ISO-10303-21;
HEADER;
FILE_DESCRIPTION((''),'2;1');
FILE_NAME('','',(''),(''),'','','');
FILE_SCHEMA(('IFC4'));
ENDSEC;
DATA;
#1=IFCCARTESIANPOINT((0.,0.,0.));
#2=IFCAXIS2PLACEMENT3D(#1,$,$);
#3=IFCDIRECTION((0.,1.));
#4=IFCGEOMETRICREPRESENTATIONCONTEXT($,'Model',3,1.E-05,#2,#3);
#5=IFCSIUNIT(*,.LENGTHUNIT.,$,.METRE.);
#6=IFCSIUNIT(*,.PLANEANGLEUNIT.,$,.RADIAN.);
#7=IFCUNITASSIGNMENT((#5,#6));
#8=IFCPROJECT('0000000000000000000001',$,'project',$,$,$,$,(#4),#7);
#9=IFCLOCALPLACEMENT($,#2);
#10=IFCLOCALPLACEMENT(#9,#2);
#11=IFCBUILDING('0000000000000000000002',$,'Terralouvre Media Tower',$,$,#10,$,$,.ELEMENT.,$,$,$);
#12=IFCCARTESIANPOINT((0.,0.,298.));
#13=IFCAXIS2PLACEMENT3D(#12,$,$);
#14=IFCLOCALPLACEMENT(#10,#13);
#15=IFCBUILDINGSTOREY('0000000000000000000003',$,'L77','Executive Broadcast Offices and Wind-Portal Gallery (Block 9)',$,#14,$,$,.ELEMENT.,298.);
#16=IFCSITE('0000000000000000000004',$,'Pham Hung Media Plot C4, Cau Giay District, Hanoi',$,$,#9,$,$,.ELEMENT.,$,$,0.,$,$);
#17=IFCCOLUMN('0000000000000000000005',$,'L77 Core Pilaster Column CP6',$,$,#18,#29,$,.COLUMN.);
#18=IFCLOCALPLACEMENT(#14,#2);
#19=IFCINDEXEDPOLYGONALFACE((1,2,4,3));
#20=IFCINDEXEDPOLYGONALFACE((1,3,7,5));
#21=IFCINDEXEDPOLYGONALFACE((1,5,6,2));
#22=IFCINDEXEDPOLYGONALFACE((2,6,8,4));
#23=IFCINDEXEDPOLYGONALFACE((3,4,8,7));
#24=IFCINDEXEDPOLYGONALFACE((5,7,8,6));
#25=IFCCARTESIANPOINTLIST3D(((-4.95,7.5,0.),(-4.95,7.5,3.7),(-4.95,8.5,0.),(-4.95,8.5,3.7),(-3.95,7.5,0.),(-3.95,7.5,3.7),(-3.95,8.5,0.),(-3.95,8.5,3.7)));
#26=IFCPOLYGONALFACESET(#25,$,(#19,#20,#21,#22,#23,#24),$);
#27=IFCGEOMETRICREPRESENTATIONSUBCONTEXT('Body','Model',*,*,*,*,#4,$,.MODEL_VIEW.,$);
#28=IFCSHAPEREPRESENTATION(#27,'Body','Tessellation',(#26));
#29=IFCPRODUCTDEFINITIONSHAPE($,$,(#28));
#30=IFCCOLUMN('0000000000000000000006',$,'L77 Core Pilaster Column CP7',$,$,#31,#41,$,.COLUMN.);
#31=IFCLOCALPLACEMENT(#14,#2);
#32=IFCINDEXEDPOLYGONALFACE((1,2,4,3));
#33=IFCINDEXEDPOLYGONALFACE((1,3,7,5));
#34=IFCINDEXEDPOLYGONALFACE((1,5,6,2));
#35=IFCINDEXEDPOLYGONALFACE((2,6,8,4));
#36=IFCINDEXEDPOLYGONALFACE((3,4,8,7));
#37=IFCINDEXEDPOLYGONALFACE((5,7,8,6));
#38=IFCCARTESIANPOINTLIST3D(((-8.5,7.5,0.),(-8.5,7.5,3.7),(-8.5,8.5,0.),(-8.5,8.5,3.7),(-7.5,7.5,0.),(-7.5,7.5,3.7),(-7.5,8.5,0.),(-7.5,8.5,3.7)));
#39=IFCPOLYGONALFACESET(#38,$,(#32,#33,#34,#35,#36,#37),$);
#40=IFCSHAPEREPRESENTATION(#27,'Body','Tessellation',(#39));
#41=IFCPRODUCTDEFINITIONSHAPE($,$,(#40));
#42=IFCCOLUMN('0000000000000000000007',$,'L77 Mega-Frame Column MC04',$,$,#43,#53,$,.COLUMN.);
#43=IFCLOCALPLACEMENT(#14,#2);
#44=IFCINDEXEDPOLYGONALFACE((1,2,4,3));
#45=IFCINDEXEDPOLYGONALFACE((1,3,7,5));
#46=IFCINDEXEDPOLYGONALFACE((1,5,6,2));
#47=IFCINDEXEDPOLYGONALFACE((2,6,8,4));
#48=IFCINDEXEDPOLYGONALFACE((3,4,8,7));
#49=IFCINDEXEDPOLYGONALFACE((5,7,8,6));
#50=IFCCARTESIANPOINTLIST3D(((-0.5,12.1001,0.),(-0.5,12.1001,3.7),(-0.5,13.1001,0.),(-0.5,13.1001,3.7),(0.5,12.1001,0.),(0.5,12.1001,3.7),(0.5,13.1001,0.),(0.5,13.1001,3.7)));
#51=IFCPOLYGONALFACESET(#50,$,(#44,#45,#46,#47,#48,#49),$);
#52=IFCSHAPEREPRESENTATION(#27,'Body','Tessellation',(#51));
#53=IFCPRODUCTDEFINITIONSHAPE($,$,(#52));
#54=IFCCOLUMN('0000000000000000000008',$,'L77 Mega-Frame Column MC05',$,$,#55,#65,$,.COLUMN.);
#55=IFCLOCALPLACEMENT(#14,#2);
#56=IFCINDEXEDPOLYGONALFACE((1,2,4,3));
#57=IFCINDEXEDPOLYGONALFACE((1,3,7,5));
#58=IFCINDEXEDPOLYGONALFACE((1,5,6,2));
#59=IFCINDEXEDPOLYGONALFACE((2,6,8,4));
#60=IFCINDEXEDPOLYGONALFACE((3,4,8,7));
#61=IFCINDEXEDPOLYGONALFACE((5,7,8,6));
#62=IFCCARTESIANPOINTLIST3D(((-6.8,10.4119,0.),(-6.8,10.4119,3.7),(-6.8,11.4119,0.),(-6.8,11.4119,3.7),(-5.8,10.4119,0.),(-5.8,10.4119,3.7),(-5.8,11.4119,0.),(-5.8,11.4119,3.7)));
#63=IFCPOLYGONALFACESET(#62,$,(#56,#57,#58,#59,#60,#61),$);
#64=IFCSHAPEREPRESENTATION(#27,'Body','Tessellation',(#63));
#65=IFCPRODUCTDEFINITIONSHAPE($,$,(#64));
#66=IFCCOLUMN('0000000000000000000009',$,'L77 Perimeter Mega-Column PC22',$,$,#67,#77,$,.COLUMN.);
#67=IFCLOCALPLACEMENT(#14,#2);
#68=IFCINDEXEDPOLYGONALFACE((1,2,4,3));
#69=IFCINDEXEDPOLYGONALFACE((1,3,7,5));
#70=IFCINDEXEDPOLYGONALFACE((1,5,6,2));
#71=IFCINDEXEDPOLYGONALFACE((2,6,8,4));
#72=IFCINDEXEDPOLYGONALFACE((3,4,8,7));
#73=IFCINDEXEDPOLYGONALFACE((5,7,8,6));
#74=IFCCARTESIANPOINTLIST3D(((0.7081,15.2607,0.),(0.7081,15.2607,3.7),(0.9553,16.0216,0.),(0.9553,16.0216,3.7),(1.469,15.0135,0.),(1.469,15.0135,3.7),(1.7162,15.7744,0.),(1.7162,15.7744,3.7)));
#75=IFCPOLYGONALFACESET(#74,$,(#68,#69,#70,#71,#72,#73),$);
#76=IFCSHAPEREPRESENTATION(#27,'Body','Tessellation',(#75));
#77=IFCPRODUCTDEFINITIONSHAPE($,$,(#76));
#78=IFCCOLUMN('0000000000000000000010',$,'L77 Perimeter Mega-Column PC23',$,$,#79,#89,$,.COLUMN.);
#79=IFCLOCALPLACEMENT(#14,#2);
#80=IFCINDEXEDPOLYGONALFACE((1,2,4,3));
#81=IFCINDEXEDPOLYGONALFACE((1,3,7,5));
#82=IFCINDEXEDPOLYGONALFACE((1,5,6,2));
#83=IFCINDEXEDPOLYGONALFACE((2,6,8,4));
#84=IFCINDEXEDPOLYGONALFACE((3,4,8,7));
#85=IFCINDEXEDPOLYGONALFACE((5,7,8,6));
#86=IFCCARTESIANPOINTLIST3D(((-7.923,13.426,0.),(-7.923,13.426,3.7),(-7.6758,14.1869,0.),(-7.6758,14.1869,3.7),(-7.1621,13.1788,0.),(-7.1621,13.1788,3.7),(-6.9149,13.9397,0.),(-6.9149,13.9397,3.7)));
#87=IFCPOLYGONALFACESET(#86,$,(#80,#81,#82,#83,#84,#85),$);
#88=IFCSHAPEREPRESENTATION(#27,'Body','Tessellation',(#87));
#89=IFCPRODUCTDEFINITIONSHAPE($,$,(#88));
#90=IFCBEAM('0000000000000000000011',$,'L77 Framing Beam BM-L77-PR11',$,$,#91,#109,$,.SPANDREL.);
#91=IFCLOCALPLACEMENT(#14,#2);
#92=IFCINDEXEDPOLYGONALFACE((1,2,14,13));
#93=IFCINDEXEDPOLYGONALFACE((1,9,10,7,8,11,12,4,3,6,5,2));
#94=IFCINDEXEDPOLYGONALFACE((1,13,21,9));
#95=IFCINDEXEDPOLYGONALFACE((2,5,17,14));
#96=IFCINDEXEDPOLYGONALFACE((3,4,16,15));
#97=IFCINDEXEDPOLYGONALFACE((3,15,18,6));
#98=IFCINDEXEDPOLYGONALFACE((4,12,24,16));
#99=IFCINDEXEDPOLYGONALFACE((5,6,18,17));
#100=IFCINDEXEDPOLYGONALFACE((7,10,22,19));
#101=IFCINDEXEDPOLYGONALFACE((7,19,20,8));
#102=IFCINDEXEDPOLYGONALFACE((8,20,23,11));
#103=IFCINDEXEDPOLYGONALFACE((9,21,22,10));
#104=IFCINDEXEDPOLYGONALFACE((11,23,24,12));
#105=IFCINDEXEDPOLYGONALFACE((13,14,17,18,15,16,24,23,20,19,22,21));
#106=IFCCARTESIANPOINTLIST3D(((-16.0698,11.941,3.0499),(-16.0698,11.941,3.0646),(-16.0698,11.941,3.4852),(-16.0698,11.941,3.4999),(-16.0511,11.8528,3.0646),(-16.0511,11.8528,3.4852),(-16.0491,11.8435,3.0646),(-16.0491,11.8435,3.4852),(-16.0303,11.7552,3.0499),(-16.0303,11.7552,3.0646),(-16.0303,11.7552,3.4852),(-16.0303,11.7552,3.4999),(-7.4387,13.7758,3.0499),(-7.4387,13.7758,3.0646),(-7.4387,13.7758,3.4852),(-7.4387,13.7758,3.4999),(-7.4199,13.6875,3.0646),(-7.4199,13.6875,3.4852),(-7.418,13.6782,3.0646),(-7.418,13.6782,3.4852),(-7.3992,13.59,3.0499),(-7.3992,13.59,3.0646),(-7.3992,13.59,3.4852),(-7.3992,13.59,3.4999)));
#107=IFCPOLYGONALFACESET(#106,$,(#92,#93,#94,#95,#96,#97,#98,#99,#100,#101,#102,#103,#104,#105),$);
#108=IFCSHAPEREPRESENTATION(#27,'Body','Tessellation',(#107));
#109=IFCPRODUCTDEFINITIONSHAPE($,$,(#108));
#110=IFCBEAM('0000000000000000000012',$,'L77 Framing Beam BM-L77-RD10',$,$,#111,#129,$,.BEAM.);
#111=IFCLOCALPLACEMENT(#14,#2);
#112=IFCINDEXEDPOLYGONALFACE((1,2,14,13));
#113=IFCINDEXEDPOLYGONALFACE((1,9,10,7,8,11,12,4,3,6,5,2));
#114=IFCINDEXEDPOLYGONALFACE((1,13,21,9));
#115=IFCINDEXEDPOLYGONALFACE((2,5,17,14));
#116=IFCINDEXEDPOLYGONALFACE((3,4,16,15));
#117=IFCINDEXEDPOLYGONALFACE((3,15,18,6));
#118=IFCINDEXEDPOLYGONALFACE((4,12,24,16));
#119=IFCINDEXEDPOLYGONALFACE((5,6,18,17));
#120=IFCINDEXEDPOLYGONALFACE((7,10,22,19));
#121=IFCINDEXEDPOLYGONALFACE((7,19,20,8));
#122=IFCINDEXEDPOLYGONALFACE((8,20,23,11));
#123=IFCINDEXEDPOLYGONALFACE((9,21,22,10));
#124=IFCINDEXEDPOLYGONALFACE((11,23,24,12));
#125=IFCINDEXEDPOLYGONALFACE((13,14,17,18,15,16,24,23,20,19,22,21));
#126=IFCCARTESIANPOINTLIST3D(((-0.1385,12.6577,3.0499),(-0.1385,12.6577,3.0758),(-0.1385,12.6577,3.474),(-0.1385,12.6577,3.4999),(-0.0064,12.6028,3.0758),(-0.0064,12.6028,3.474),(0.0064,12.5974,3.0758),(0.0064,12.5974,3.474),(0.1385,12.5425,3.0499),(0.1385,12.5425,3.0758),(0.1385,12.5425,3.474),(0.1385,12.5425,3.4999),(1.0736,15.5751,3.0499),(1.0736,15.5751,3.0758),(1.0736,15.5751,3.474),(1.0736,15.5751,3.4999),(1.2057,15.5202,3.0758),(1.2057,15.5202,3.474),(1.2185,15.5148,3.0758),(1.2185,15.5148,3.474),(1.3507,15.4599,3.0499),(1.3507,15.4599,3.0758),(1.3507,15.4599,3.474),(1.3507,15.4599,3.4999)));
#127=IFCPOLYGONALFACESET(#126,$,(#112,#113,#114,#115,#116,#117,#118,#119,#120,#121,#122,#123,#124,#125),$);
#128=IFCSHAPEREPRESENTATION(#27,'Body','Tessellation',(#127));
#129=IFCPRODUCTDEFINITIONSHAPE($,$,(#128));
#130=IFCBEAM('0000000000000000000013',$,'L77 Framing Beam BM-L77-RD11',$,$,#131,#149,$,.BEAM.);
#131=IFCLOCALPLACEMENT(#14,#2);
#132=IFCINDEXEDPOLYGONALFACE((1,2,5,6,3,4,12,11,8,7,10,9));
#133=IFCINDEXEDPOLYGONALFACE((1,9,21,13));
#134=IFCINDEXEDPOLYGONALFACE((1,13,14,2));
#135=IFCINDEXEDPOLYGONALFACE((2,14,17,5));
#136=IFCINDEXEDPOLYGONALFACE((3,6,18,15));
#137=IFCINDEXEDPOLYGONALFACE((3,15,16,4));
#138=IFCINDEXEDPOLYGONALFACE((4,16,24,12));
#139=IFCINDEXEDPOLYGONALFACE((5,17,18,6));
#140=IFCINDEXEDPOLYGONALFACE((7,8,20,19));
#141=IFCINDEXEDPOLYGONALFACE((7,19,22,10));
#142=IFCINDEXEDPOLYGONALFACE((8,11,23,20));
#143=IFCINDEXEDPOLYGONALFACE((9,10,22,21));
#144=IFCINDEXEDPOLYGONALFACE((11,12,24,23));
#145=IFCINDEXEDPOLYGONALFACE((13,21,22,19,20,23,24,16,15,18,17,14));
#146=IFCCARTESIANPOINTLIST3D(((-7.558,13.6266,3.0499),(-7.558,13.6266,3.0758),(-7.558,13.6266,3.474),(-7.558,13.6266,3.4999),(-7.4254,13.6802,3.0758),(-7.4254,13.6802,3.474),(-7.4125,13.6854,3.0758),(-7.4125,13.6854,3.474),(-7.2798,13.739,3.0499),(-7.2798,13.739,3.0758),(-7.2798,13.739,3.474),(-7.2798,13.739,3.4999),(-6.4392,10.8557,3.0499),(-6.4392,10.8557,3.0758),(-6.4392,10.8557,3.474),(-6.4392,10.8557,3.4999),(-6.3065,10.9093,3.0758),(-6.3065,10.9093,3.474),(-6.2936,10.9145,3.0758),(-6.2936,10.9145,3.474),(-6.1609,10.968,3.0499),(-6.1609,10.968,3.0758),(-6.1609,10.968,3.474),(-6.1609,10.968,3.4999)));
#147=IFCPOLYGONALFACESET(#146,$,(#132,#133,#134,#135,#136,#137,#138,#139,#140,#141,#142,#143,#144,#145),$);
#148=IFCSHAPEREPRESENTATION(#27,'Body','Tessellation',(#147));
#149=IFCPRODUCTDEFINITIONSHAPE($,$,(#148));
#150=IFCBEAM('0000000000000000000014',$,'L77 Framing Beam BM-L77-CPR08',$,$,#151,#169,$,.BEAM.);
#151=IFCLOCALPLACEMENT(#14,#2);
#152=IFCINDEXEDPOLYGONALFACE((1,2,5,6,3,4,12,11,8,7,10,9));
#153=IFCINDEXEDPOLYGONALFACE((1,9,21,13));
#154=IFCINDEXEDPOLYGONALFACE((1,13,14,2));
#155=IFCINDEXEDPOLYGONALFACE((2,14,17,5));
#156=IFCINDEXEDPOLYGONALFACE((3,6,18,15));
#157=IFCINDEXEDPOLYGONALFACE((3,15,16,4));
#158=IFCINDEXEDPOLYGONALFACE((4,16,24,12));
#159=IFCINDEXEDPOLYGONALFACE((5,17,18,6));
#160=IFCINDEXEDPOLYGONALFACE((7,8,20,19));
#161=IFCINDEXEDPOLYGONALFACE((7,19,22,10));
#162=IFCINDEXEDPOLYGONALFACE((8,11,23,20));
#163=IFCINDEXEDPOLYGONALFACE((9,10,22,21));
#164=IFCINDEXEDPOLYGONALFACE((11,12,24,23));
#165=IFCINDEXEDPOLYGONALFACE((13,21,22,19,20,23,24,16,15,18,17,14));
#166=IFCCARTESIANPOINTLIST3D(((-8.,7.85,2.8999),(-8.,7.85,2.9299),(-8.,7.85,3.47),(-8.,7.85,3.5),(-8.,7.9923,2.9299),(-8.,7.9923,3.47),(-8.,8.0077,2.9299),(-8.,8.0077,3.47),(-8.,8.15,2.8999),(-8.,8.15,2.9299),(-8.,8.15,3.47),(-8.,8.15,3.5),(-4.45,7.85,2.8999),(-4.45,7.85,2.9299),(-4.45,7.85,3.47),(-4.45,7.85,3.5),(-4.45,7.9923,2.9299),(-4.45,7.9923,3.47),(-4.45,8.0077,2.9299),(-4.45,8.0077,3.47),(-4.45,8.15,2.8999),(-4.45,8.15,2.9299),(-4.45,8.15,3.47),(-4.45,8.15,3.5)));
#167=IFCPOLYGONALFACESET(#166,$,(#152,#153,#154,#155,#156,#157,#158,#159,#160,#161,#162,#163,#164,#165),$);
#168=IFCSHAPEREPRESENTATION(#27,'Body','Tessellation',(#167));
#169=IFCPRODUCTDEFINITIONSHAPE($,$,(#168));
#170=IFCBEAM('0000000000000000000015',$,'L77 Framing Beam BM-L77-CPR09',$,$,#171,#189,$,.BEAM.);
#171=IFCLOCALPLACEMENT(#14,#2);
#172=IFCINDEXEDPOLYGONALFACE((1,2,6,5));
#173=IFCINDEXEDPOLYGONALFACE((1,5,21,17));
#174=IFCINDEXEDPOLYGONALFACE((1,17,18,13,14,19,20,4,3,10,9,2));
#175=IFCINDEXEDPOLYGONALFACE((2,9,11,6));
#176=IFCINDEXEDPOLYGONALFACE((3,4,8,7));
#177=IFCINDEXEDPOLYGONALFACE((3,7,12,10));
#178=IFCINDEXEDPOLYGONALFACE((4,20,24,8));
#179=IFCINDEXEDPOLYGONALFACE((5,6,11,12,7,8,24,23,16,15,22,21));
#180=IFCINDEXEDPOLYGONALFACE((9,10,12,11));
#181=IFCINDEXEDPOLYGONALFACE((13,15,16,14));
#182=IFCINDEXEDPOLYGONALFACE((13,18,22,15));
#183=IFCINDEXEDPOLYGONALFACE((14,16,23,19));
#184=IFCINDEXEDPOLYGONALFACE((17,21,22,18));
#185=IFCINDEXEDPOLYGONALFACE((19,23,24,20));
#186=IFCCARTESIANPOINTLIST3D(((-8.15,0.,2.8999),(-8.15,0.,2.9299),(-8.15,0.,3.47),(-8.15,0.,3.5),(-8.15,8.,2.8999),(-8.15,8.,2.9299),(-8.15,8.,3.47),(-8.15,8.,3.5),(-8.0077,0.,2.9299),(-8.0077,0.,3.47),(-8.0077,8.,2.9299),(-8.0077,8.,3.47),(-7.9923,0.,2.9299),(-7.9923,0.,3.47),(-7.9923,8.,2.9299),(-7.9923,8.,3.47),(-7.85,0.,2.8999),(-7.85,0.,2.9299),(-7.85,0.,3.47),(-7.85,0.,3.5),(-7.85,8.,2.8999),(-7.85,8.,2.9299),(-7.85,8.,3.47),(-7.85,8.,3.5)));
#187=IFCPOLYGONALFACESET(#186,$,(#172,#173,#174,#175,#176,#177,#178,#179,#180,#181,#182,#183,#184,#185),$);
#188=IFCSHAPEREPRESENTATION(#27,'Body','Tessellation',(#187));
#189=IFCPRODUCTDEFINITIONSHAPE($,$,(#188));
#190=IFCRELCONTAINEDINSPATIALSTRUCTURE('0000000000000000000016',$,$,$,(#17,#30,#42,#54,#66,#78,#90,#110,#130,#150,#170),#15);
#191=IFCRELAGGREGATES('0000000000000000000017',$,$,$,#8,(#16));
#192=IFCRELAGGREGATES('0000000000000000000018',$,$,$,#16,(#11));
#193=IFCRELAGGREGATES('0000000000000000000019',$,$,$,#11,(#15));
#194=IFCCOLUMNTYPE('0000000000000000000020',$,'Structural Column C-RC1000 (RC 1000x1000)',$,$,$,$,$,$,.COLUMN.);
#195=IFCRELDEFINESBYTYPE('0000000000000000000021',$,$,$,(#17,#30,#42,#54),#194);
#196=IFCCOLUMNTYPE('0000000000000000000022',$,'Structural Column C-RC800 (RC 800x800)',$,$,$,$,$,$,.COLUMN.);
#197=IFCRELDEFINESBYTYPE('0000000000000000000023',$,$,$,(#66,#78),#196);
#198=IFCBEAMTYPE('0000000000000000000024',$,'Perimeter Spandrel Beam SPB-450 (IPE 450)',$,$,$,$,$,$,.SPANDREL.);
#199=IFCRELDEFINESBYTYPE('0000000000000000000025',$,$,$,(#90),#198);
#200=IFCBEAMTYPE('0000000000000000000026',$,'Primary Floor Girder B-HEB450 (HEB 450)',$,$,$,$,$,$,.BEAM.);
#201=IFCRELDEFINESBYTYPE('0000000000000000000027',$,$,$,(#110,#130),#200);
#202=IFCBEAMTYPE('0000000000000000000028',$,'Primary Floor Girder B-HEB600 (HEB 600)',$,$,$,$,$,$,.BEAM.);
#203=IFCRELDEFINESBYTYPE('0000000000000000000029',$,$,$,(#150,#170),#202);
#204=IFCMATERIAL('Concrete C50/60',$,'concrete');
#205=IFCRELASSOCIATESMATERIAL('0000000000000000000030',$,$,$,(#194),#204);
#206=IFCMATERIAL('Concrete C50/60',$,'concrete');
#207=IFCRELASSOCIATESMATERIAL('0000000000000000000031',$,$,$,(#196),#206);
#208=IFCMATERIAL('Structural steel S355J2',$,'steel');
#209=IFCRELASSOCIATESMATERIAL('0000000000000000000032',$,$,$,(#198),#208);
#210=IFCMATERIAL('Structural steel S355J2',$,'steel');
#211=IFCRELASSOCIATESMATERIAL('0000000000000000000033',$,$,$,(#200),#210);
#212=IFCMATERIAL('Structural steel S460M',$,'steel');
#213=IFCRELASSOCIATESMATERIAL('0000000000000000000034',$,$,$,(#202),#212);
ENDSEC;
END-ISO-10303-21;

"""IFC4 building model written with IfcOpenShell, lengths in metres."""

from ifc_helpers import new_model, si_unit, direction, frame, origin, origin_2d, place, context, subcontext, project, spatial, rectangle, i_section, extrude, material, material_profile, profile_set, type_object, element, save


model = new_model("IFC4")

# Units and contexts
model_context = context("Model", 3, precision=1e-05, world=origin(), true_north=direction((0.0, 1.0)))
body_context = subcontext(model_context, "Body", "Model", "MODEL_VIEW")
ifc_project = project(units=[si_unit("LENGTHUNIT", "METRE"), si_unit("PLANEANGLEUNIT", "RADIAN")], contexts=[model_context])

# Site, building, storey
site_placement = place(None, origin())
site = spatial("IfcSite", under=ifc_project, at=site_placement, Name="Pham Hung Media Plot C4, Cau Giay District, Hanoi", CompositionType="ELEMENT", RefElevation=0.0)
building_placement = place(site_placement, origin())
building = spatial("IfcBuilding", under=site, at=building_placement, Name="Terralouvre Media Tower", CompositionType="ELEMENT")
storey_placement = place(building_placement, frame((0.0, 0.0, 298.0)))
storey = spatial("IfcBuildingStorey", under=building, at=storey_placement, Name="L77", Description="Executive Broadcast Offices and Wind-Portal Gallery (Block 9)", CompositionType="ELEMENT", Elevation=298.0)

# Columns
ifc_material_1 = material(Name="Concrete C50/60", Category="concrete")
ifc_material_profile_1 = material_profile(ifc_material_1, rectangle(XDim=1.0, YDim=1.0, at=origin_2d()), Name="RC 1000x1000")
ifc_profile_set_1 = profile_set([ifc_material_profile_1], Name="Concrete C50/60")
column_type_1 = type_object("IfcColumnType", Name="Structural Column C-RC1000 (RC 1000x1000)", PredefinedType="COLUMN", material=ifc_profile_set_1)
for number, where, z_axis, x_axis, name in (
    (1, (-4.45, 8.0, 0.0), (0.0, 0.0, 1.0), (1.0, 0.0, 0.0), "L77 Core Pilaster Column CP6"),
    (2, (-8.0, 8.0, 0.0), (0.0, 0.0, 1.0), (1.0, 0.0, 0.0), "L77 Core Pilaster Column CP7"),
    (3, (0.0, 12.6001, 0.0), (0.0, 0.0, 1.0), (1.0, 0.0, 0.0), "L77 Mega-Frame Column MC04"),
    (4, (-6.3, 10.9119, 0.0), (0.0, 0.0, 1.0), (1.0, 0.0, 0.0), "L77 Mega-Frame Column MC05"),
):
    element("IfcColumn", number, at=place(storey_placement, frame(where, z_axis=z_axis, x_axis=x_axis)), inside=storey, type_object=column_type_1, Name=name, PredefinedType="COLUMN", context=body_context, shape_type="SweptSolid", body=[
        extrude(rectangle(XDim=1.0, YDim=1.0, at=origin_2d()), origin(), (0.0, 0.0, 1.0), 3.7),
    ])
ifc_material_2 = material(Name="Concrete C50/60", Category="concrete")
ifc_material_profile_2 = material_profile(ifc_material_2, rectangle(XDim=0.8, YDim=0.8, at=origin_2d()), Name="RC 800x800")
ifc_profile_set_2 = profile_set([ifc_material_profile_2], Name="Concrete C50/60")
column_type_2 = type_object("IfcColumnType", Name="Structural Column C-RC800 (RC 800x800)", PredefinedType="COLUMN", material=ifc_profile_set_2)
for number, where, z_axis, x_axis, name in (
    (5, (1.2122, 15.5176, 0.0), (0.0, 0.0, 1.0), (0.309017, 0.951057, 0.0), "L77 Perimeter Mega-Column PC22"),
    (6, (-7.4189, 13.6829, 0.0), (0.0, 0.0, 1.0), (0.309017, 0.951057, 0.0), "L77 Perimeter Mega-Column PC23"),
):
    element("IfcColumn", number, at=place(storey_placement, frame(where, z_axis=z_axis, x_axis=x_axis)), inside=storey, type_object=column_type_2, Name=name, PredefinedType="COLUMN", context=body_context, shape_type="SweptSolid", body=[
        extrude(rectangle(XDim=0.8, YDim=0.8, at=origin_2d()), origin(), (0.0, 0.0, 1.0), 3.7),
    ])

# Beams
ifc_material_3 = material(Name="Structural steel S355J2", Category="steel")
ifc_material_profile_3 = material_profile(ifc_material_3, i_section(OverallWidth=0.1899, OverallDepth=0.45, WebThickness=0.0095, FlangeThickness=0.0146, at=origin_2d()), Name="IPE 450")
ifc_profile_set_3 = profile_set([ifc_material_profile_3], Name="Structural steel S355J2")
beam_type_1 = type_object("IfcBeamType", Name="Perimeter Spandrel Beam SPB-450 (IPE 450)", PredefinedType="SPANDREL", material=ifc_profile_set_3)
beam_1_placement = place(storey_placement, frame((-7.4189, 13.6829, 3.2749), z_axis=(-0.978145, -0.207925, 0.0), x_axis=(0.207925, -0.978145, 0.0)))
element("IfcBeam", 7, at=beam_1_placement, inside=storey, type_object=beam_type_1, Name="L77 Framing Beam BM-L77-PR11", PredefinedType="SPANDREL", context=body_context, shape_type="SweptSolid", body=[
    extrude(i_section(OverallWidth=0.1899, OverallDepth=0.45, WebThickness=0.0095, FlangeThickness=0.0146, at=origin_2d()), origin(), (0.0, 0.0, 1.0), 8.824),
])
ifc_material_4 = material(Name="Structural steel S355J2", Category="steel")
ifc_material_profile_4 = material_profile(ifc_material_4, i_section(OverallWidth=0.3, OverallDepth=0.45, WebThickness=0.0139, FlangeThickness=0.0259, at=origin_2d()), Name="HEB 450")
ifc_profile_set_4 = profile_set([ifc_material_profile_4], Name="Structural steel S355J2")
beam_type_2 = type_object("IfcBeamType", Name="Primary Floor Girder B-HEB450 (HEB 450)", PredefinedType="BEAM", material=ifc_profile_set_4)
beam_2_placement = place(storey_placement, frame((0.0, 12.6001, 3.2749), z_axis=(0.383682, 0.923465, 0.0), x_axis=(-0.923465, 0.383682, 0.0)))
element("IfcBeam", 8, at=beam_2_placement, inside=storey, type_object=beam_type_2, Name="L77 Framing Beam BM-L77-RD10", PredefinedType="BEAM", context=body_context, shape_type="SweptSolid", body=[
    extrude(i_section(OverallWidth=0.3, OverallDepth=0.45, WebThickness=0.0139, FlangeThickness=0.0259, at=origin_2d()), origin(), (0.0, 0.0, 1.0), 3.1592),
])
beam_3_placement = place(storey_placement, frame((-6.3, 10.9119, 3.2749), z_axis=(-0.374417, 0.92726, 0.0), x_axis=(-0.92726, -0.374417, 0.0)))
element("IfcBeam", 9, at=beam_3_placement, inside=storey, type_object=beam_type_2, Name="L77 Framing Beam BM-L77-RD11", PredefinedType="BEAM", context=body_context, shape_type="SweptSolid", body=[
    extrude(i_section(OverallWidth=0.3, OverallDepth=0.45, WebThickness=0.0139, FlangeThickness=0.0259, at=origin_2d()), origin(), (0.0, 0.0, 1.0), 2.9883),
])
ifc_material_5 = material(Name="Structural steel S460M", Category="steel")
ifc_material_profile_5 = material_profile(ifc_material_5, i_section(OverallWidth=0.3, OverallDepth=0.6001, WebThickness=0.0154, FlangeThickness=0.03, at=origin_2d()), Name="HEB 600")
ifc_profile_set_5 = profile_set([ifc_material_profile_5], Name="Structural steel S460M")
beam_type_3 = type_object("IfcBeamType", Name="Primary Floor Girder B-HEB600 (HEB 600)", PredefinedType="BEAM", material=ifc_profile_set_5)
beam_4_placement = place(storey_placement, frame((-4.45, 8.0, 3.2), z_axis=(-1.0, 0.0, 0.0), x_axis=(0.0, -1.0, 0.0)))
element("IfcBeam", 10, at=beam_4_placement, inside=storey, type_object=beam_type_3, Name="L77 Framing Beam BM-L77-CPR08", PredefinedType="BEAM", context=body_context, shape_type="SweptSolid", body=[
    extrude(i_section(OverallWidth=0.3, OverallDepth=0.6001, WebThickness=0.0154, FlangeThickness=0.03, at=origin_2d()), origin(), (0.0, 0.0, 1.0), 3.55),
])
beam_5_placement = place(storey_placement, frame((-8.0, 8.0, 3.2), z_axis=(0.0, -1.0, 0.0), x_axis=(1.0, 0.0, 0.0)))
element("IfcBeam", 11, at=beam_5_placement, inside=storey, type_object=beam_type_3, Name="L77 Framing Beam BM-L77-CPR09", PredefinedType="BEAM", context=body_context, shape_type="SweptSolid", body=[
    extrude(i_section(OverallWidth=0.3, OverallDepth=0.6001, WebThickness=0.0154, FlangeThickness=0.03, at=origin_2d()), origin(), (0.0, 0.0, 1.0), 8.0),
])

save(model, "model.ifc")
